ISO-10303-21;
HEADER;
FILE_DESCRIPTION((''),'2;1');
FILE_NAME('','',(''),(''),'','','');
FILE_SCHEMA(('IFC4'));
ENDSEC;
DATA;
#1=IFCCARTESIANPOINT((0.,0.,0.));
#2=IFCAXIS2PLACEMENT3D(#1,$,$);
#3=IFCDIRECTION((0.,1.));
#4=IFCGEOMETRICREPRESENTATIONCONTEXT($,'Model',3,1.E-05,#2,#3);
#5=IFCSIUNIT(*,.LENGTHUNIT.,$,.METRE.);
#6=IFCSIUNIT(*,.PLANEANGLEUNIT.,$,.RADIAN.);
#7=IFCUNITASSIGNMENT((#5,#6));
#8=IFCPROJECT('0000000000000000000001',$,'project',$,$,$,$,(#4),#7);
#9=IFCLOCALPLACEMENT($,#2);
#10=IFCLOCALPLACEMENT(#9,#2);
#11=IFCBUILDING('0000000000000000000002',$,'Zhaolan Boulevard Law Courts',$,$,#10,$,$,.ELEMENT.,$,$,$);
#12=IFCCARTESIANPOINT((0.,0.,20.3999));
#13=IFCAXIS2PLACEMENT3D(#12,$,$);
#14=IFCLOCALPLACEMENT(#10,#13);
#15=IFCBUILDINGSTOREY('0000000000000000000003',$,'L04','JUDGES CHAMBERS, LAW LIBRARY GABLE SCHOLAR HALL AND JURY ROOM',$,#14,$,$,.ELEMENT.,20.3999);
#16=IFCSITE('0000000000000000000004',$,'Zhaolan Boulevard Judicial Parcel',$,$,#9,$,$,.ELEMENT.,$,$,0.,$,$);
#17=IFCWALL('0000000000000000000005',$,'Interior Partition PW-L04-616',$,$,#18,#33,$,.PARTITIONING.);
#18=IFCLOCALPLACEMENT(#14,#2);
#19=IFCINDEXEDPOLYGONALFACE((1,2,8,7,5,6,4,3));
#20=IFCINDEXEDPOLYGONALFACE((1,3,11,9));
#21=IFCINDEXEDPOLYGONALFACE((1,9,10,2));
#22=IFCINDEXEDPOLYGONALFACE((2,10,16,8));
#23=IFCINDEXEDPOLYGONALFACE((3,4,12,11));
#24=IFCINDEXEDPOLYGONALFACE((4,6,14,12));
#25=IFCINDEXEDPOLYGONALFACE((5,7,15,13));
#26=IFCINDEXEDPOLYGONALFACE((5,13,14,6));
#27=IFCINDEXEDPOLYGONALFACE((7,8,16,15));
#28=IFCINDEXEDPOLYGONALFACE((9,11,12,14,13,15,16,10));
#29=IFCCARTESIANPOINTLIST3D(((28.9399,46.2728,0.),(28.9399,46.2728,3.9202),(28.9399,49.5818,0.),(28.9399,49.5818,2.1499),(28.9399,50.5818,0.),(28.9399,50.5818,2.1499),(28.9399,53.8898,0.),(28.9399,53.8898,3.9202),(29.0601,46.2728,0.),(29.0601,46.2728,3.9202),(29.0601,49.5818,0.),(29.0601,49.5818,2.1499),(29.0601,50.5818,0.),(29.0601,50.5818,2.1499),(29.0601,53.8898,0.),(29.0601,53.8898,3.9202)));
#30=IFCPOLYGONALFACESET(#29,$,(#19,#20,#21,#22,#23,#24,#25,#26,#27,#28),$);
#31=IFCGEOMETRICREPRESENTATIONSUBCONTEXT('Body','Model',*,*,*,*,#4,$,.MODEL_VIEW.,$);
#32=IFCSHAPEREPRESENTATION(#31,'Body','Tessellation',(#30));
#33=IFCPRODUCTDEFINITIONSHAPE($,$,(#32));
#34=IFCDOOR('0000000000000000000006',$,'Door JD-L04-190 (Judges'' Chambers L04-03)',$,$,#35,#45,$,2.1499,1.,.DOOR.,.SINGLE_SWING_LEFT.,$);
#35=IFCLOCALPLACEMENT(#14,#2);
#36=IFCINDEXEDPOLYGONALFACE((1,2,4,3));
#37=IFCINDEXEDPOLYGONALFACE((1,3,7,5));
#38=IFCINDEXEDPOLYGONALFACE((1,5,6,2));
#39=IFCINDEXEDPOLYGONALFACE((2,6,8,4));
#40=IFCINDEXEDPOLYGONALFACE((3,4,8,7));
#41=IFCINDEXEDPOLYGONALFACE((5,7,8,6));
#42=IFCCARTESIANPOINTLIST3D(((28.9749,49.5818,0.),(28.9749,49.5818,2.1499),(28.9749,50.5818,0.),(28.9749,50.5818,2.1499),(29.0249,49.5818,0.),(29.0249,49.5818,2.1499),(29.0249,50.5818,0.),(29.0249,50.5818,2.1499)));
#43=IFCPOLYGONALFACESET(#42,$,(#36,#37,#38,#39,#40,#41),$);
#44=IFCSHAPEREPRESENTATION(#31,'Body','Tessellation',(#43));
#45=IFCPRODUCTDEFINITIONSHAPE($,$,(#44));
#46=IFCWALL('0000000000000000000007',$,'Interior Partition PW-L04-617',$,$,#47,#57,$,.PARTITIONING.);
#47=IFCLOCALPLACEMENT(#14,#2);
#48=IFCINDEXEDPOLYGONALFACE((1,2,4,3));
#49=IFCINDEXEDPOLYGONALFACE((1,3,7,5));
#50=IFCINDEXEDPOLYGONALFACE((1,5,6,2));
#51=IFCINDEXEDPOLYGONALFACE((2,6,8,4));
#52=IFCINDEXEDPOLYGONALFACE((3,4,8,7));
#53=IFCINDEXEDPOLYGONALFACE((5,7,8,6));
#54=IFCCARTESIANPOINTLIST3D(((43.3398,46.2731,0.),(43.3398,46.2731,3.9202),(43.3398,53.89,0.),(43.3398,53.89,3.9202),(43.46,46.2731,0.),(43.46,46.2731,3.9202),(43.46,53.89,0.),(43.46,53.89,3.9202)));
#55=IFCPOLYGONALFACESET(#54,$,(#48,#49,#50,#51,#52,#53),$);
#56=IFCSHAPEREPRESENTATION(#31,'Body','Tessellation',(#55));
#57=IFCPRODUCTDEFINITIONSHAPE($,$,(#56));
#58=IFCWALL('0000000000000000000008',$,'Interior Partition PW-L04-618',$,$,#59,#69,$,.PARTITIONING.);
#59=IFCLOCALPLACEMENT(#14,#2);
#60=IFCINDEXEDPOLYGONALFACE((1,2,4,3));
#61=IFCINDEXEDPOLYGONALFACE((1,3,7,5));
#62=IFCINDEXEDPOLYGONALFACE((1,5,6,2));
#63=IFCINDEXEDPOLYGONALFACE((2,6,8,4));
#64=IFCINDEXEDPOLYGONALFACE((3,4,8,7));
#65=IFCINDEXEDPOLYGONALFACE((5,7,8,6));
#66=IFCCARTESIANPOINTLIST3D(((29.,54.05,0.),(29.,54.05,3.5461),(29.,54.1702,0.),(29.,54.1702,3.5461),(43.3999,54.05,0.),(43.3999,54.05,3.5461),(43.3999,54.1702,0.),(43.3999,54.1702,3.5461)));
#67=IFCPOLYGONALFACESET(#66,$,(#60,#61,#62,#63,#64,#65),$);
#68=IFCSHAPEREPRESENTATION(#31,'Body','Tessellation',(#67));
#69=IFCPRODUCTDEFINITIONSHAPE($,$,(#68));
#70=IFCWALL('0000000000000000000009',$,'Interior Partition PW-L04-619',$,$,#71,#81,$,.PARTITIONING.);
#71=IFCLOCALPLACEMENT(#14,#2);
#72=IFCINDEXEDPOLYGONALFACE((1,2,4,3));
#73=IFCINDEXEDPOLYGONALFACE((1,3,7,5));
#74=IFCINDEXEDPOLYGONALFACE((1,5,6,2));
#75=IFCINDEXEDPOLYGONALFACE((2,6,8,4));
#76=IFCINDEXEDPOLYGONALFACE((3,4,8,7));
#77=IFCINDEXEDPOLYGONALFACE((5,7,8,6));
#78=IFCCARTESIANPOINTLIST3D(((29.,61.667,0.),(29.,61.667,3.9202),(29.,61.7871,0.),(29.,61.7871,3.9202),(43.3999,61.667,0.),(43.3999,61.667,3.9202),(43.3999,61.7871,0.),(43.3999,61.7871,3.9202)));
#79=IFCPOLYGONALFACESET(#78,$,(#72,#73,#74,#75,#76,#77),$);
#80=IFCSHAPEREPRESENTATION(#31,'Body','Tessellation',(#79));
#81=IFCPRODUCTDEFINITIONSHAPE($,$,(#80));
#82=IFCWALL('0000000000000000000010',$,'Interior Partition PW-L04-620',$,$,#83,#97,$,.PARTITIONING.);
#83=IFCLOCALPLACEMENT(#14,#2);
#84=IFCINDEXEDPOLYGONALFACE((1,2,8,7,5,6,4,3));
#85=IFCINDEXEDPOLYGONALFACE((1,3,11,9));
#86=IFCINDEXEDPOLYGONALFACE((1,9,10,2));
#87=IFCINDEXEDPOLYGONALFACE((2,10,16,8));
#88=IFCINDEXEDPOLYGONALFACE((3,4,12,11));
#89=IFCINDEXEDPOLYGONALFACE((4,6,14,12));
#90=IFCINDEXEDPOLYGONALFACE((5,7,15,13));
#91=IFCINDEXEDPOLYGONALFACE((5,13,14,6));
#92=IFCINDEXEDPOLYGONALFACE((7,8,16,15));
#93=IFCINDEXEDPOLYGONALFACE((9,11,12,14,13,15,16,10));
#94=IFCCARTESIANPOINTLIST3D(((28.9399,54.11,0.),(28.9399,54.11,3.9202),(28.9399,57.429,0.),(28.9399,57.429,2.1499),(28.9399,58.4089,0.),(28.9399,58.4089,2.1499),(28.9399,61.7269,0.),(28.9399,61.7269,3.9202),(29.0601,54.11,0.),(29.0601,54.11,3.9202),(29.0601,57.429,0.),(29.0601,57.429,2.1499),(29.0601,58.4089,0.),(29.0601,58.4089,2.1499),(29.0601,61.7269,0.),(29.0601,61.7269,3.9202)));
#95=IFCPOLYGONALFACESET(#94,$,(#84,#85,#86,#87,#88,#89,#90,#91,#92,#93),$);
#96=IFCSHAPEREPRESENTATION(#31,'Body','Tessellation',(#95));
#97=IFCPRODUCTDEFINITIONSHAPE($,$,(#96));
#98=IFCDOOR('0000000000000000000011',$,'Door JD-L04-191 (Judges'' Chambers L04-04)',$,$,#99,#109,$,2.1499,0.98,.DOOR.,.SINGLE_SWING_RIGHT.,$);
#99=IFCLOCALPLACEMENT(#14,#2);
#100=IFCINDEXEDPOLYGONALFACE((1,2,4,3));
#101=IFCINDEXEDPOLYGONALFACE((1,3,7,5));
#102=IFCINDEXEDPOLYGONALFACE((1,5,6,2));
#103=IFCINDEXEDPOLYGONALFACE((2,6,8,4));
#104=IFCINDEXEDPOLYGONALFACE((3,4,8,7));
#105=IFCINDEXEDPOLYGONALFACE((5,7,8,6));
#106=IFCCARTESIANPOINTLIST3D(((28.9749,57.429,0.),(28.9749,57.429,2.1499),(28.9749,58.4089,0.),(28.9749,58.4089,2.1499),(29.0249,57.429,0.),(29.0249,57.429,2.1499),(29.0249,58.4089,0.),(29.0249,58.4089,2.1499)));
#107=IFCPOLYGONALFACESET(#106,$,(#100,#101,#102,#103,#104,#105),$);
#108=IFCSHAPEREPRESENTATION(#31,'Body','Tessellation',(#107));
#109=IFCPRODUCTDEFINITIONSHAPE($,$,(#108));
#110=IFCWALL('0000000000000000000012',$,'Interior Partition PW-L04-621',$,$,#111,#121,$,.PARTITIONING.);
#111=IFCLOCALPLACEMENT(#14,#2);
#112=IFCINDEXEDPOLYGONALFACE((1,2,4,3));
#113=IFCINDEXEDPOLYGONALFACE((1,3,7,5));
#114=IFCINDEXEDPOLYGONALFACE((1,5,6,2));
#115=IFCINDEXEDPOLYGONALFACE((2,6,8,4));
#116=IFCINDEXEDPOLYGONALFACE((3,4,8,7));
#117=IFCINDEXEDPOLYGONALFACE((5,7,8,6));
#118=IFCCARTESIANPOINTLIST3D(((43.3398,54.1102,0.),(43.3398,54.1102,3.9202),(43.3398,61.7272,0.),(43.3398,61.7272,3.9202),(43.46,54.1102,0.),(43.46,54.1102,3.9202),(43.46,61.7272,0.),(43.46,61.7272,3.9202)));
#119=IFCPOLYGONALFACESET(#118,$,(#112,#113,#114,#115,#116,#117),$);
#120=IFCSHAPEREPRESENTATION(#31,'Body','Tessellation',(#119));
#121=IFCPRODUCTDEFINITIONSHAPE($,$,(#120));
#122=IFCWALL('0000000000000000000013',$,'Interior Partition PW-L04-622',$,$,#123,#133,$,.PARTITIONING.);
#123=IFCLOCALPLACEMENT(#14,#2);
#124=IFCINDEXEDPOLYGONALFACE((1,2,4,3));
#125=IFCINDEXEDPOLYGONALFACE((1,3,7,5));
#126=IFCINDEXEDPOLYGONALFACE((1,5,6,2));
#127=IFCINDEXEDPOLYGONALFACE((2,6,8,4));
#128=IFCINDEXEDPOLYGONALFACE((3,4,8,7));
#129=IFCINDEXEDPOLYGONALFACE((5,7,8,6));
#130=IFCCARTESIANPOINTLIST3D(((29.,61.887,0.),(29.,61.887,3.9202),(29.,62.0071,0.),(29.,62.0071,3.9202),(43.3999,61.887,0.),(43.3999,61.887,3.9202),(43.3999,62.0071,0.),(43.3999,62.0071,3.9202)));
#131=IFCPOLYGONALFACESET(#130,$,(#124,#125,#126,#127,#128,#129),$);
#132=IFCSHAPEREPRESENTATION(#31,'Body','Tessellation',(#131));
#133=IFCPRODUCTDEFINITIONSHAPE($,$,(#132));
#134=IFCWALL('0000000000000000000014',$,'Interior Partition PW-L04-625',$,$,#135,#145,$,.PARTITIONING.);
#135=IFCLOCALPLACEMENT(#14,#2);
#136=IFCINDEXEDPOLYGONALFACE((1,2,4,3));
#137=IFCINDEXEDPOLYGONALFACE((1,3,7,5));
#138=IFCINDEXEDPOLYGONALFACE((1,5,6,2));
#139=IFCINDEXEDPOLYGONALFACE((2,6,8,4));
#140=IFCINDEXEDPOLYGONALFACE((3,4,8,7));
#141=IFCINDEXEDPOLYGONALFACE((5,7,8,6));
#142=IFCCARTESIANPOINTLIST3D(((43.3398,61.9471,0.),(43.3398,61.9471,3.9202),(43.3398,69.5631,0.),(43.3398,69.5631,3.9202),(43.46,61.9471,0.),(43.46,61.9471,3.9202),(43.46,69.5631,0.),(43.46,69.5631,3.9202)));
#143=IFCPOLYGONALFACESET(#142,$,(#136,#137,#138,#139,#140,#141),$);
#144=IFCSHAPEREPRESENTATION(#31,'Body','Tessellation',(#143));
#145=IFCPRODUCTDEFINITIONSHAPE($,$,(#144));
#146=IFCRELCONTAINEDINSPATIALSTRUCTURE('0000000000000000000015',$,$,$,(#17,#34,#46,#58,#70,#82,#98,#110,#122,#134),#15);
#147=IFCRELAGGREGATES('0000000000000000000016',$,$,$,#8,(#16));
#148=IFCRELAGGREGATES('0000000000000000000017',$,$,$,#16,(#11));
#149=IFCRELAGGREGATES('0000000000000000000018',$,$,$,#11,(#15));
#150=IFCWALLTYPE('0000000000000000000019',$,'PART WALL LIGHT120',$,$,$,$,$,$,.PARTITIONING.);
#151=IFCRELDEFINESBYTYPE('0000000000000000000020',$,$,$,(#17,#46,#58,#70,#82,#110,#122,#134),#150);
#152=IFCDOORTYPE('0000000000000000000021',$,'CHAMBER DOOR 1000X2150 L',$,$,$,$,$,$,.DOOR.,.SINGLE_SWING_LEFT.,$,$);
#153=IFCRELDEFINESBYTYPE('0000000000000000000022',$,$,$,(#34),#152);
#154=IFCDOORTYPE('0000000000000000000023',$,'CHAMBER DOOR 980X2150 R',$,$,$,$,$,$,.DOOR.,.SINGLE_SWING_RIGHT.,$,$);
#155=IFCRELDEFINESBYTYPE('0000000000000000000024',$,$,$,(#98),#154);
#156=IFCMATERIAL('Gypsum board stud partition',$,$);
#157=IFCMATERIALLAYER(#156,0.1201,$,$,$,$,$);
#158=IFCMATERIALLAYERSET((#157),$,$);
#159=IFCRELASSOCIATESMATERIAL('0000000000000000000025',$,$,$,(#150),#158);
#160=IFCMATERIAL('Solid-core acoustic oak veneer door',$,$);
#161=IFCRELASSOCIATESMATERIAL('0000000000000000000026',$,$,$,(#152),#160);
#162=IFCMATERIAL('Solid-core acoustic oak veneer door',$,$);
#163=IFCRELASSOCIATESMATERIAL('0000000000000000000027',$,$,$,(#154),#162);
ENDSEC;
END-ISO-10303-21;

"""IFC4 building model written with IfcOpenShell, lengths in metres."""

from ifc_helpers import new_model, si_unit, direction, frame, frame_2d, origin, place, context, subcontext, project, spatial, rectangle, extrude, material, layer, layer_set, type_object, element, fill, save


model = new_model("IFC4")

# Units and contexts
model_context = context("Model", 3, precision=1e-05, world=origin(), true_north=direction((0.0, 1.0)))
body_context = subcontext(model_context, "Body", "Model", "MODEL_VIEW")
ifc_project = project(units=[si_unit("LENGTHUNIT", "METRE"), si_unit("PLANEANGLEUNIT", "RADIAN")], contexts=[model_context])

# Site, building, storey
site_placement = place(None, origin())
site = spatial("IfcSite", under=ifc_project, at=site_placement, Name="Zhaolan Boulevard Judicial Parcel", CompositionType="ELEMENT", RefElevation=0.0)
building_placement = place(site_placement, origin())
building = spatial("IfcBuilding", under=site, at=building_placement, Name="Zhaolan Boulevard Law Courts", CompositionType="ELEMENT")
storey_placement = place(building_placement, frame((0.0, 0.0, 20.3999)))
storey = spatial("IfcBuildingStorey", under=building, at=storey_placement, Name="L04", Description="JUDGES CHAMBERS, LAW LIBRARY GABLE SCHOLAR HALL AND JURY ROOM", CompositionType="ELEMENT", Elevation=20.3999)

# Shared definitions
ifc_material_1 = material(Name="Gypsum board stud partition")
ifc_layer_1 = layer(ifc_material_1, 0.1201)
ifc_layer_set_1 = layer_set([ifc_layer_1])
wall_type = type_object("IfcWallType", Name="PART WALL LIGHT120", PredefinedType="PARTITIONING", material=ifc_layer_set_1)

# Wall, opening, door
wall_1_placement = place(storey_placement, frame((29.0, 53.8899, 0.0), z_axis=(0.0, 0.0, 1.0), x_axis=(0.0, -1.0, 0.0)))
wall_1 = element("IfcWall", 1, at=wall_1_placement, inside=storey, type_object=wall_type, Name="Interior Partition PW-L04-616", PredefinedType="PARTITIONING", context=body_context, shape_type="SweptSolid", body=[
    extrude(rectangle(XDim=7.6169, YDim=0.1201, at=frame_2d((3.8086, 0.0))), origin(), (0.0, 0.0, 1.0), 3.9202),
])
opening_1_placement = place(wall_1_placement, frame((3.3081, 0.0, 0.0)))
opening_1 = element("IfcOpeningElement", 2, at=opening_1_placement, cuts=wall_1, PredefinedType="OPENING", context=body_context, shape_type="SweptSolid", body=[
    extrude(rectangle(XDim=1.0, YDim=2.1499, at=frame_2d((0.5, 1.075))), frame((0.0, 0.0701, 0.0), z_axis=(0.0, -1.0, 0.0), x_axis=(1.0, 0.0, 0.0)), (0.0, 0.0, 1.0), 0.1401),
])
ifc_material_2 = material(Name="Solid-core acoustic oak veneer door")
door_type_1 = type_object("IfcDoorType", Name="CHAMBER DOOR 1000X2150 L", OperationType="SINGLE_SWING_LEFT", PredefinedType="DOOR", material=ifc_material_2)
door_1_placement = place(opening_1_placement, origin())
door_1 = element("IfcDoor", 3, at=door_1_placement, inside=storey, type_object=door_type_1, Name="Door JD-L04-190 (Judges' Chambers L04-03)", OperationType="SINGLE_SWING_LEFT", OverallHeight=2.1499, OverallWidth=1.0, PredefinedType="DOOR", context=body_context, shape_type="SweptSolid", body=[
    extrude(rectangle(XDim=1.0, YDim=2.1499, at=frame_2d((0.5, 1.075))), frame((0.0, 0.0249, 0.0), z_axis=(0.0, -1.0, 0.0), x_axis=(1.0, 0.0, 0.0)), (0.0, 0.0, 1.0), 0.05),
])
fill(opening_1, door_1)

# Walls
wall_2_placement = place(storey_placement, frame((43.3999, 46.2729, 0.0), z_axis=(0.0, 0.0, 1.0), x_axis=(0.0, 1.0, 0.0)))
element("IfcWall", 4, at=wall_2_placement, inside=storey, type_object=wall_type, Name="Interior Partition PW-L04-617", PredefinedType="PARTITIONING", context=body_context, shape_type="SweptSolid", body=[
    extrude(rectangle(XDim=7.6169, YDim=0.1201, at=frame_2d((3.8086, 0.0))), origin(), (0.0, 0.0, 1.0), 3.9202),
])
wall_3_placement = place(storey_placement, frame((29.0, 54.1101, 0.0), z_axis=(0.0, 0.0, 1.0), x_axis=(1.0, 0.0, 0.0)))
element("IfcWall", 5, at=wall_3_placement, inside=storey, type_object=wall_type, Name="Interior Partition PW-L04-618", PredefinedType="PARTITIONING", context=body_context, shape_type="SweptSolid", body=[
    extrude(rectangle(XDim=14.3999, YDim=0.1201, at=frame_2d((7.2, 0.0))), origin(), (0.0, 0.0, 1.0), 3.5461),
])
wall_4_placement = place(storey_placement, frame((43.3999, 61.7271, 0.0), z_axis=(0.0, 0.0, 1.0), x_axis=(-1.0, 0.0, 0.0)))
element("IfcWall", 6, at=wall_4_placement, inside=storey, type_object=wall_type, Name="Interior Partition PW-L04-619", PredefinedType="PARTITIONING", context=body_context, shape_type="SweptSolid", body=[
    extrude(rectangle(XDim=14.3999, YDim=0.1201, at=frame_2d((7.2, 0.0))), origin(), (0.0, 0.0, 1.0), 3.9202),
])

# Wall, opening, door
wall_5_placement = place(storey_placement, frame((29.0, 61.7271, 0.0), z_axis=(0.0, 0.0, 1.0), x_axis=(0.0, -1.0, 0.0)))
wall_5 = element("IfcWall", 7, at=wall_5_placement, inside=storey, type_object=wall_type, Name="Interior Partition PW-L04-620", PredefinedType="PARTITIONING", context=body_context, shape_type="SweptSolid", body=[
    extrude(rectangle(XDim=7.6169, YDim=0.1201, at=frame_2d((3.8086, 0.0))), origin(), (0.0, 0.0, 1.0), 3.9202),
])
opening_2_placement = place(wall_5_placement, frame((3.3181, 0.0, 0.0)))
opening_2 = element("IfcOpeningElement", 8, at=opening_2_placement, cuts=wall_5, PredefinedType="OPENING", context=body_context, shape_type="SweptSolid", body=[
    extrude(rectangle(XDim=0.98, YDim=2.1499, at=frame_2d((0.49, 1.075))), frame((0.0, 0.0701, 0.0), z_axis=(0.0, -1.0, 0.0), x_axis=(1.0, 0.0, 0.0)), (0.0, 0.0, 1.0), 0.1401),
])
ifc_material_3 = material(Name="Solid-core acoustic oak veneer door")
door_type_2 = type_object("IfcDoorType", Name="CHAMBER DOOR 980X2150 R", OperationType="SINGLE_SWING_RIGHT", PredefinedType="DOOR", material=ifc_material_3)
door_2_placement = place(opening_2_placement, origin())
door_2 = element("IfcDoor", 9, at=door_2_placement, inside=storey, type_object=door_type_2, Name="Door JD-L04-191 (Judges' Chambers L04-04)", OperationType="SINGLE_SWING_RIGHT", OverallHeight=2.1499, OverallWidth=0.98, PredefinedType="DOOR", context=body_context, shape_type="SweptSolid", body=[
    extrude(rectangle(XDim=0.98, YDim=2.1499, at=frame_2d((0.49, 1.075))), frame((0.0, 0.0249, 0.0), z_axis=(0.0, -1.0, 0.0), x_axis=(1.0, 0.0, 0.0)), (0.0, 0.0, 1.0), 0.05),
])
fill(opening_2, door_2)

# Walls
wall_6_placement = place(storey_placement, frame((43.3999, 54.1101, 0.0), z_axis=(0.0, 0.0, 1.0), x_axis=(0.0, 1.0, 0.0)))
element("IfcWall", 10, at=wall_6_placement, inside=storey, type_object=wall_type, Name="Interior Partition PW-L04-621", PredefinedType="PARTITIONING", context=body_context, shape_type="SweptSolid", body=[
    extrude(rectangle(XDim=7.6169, YDim=0.1201, at=frame_2d((3.8086, 0.0))), origin(), (0.0, 0.0, 1.0), 3.9202),
])
wall_7_placement = place(storey_placement, frame((29.0, 61.947, 0.0), z_axis=(0.0, 0.0, 1.0), x_axis=(1.0, 0.0, 0.0)))
element("IfcWall", 11, at=wall_7_placement, inside=storey, type_object=wall_type, Name="Interior Partition PW-L04-622", PredefinedType="PARTITIONING", context=body_context, shape_type="SweptSolid", body=[
    extrude(rectangle(XDim=14.3999, YDim=0.1201, at=frame_2d((7.2, 0.0))), origin(), (0.0, 0.0, 1.0), 3.9202),
])
wall_8_placement = place(storey_placement, frame((43.3999, 61.947, 0.0), z_axis=(0.0, 0.0, 1.0), x_axis=(0.0, 1.0, 0.0)))
element("IfcWall", 12, at=wall_8_placement, inside=storey, type_object=wall_type, Name="Interior Partition PW-L04-625", PredefinedType="PARTITIONING", context=body_context, shape_type="SweptSolid", body=[
    extrude(rectangle(XDim=7.616, YDim=0.1201, at=frame_2d((3.8081, 0.0))), origin(), (0.0, 0.0, 1.0), 3.9202),
])

save(model, "model.ifc")
